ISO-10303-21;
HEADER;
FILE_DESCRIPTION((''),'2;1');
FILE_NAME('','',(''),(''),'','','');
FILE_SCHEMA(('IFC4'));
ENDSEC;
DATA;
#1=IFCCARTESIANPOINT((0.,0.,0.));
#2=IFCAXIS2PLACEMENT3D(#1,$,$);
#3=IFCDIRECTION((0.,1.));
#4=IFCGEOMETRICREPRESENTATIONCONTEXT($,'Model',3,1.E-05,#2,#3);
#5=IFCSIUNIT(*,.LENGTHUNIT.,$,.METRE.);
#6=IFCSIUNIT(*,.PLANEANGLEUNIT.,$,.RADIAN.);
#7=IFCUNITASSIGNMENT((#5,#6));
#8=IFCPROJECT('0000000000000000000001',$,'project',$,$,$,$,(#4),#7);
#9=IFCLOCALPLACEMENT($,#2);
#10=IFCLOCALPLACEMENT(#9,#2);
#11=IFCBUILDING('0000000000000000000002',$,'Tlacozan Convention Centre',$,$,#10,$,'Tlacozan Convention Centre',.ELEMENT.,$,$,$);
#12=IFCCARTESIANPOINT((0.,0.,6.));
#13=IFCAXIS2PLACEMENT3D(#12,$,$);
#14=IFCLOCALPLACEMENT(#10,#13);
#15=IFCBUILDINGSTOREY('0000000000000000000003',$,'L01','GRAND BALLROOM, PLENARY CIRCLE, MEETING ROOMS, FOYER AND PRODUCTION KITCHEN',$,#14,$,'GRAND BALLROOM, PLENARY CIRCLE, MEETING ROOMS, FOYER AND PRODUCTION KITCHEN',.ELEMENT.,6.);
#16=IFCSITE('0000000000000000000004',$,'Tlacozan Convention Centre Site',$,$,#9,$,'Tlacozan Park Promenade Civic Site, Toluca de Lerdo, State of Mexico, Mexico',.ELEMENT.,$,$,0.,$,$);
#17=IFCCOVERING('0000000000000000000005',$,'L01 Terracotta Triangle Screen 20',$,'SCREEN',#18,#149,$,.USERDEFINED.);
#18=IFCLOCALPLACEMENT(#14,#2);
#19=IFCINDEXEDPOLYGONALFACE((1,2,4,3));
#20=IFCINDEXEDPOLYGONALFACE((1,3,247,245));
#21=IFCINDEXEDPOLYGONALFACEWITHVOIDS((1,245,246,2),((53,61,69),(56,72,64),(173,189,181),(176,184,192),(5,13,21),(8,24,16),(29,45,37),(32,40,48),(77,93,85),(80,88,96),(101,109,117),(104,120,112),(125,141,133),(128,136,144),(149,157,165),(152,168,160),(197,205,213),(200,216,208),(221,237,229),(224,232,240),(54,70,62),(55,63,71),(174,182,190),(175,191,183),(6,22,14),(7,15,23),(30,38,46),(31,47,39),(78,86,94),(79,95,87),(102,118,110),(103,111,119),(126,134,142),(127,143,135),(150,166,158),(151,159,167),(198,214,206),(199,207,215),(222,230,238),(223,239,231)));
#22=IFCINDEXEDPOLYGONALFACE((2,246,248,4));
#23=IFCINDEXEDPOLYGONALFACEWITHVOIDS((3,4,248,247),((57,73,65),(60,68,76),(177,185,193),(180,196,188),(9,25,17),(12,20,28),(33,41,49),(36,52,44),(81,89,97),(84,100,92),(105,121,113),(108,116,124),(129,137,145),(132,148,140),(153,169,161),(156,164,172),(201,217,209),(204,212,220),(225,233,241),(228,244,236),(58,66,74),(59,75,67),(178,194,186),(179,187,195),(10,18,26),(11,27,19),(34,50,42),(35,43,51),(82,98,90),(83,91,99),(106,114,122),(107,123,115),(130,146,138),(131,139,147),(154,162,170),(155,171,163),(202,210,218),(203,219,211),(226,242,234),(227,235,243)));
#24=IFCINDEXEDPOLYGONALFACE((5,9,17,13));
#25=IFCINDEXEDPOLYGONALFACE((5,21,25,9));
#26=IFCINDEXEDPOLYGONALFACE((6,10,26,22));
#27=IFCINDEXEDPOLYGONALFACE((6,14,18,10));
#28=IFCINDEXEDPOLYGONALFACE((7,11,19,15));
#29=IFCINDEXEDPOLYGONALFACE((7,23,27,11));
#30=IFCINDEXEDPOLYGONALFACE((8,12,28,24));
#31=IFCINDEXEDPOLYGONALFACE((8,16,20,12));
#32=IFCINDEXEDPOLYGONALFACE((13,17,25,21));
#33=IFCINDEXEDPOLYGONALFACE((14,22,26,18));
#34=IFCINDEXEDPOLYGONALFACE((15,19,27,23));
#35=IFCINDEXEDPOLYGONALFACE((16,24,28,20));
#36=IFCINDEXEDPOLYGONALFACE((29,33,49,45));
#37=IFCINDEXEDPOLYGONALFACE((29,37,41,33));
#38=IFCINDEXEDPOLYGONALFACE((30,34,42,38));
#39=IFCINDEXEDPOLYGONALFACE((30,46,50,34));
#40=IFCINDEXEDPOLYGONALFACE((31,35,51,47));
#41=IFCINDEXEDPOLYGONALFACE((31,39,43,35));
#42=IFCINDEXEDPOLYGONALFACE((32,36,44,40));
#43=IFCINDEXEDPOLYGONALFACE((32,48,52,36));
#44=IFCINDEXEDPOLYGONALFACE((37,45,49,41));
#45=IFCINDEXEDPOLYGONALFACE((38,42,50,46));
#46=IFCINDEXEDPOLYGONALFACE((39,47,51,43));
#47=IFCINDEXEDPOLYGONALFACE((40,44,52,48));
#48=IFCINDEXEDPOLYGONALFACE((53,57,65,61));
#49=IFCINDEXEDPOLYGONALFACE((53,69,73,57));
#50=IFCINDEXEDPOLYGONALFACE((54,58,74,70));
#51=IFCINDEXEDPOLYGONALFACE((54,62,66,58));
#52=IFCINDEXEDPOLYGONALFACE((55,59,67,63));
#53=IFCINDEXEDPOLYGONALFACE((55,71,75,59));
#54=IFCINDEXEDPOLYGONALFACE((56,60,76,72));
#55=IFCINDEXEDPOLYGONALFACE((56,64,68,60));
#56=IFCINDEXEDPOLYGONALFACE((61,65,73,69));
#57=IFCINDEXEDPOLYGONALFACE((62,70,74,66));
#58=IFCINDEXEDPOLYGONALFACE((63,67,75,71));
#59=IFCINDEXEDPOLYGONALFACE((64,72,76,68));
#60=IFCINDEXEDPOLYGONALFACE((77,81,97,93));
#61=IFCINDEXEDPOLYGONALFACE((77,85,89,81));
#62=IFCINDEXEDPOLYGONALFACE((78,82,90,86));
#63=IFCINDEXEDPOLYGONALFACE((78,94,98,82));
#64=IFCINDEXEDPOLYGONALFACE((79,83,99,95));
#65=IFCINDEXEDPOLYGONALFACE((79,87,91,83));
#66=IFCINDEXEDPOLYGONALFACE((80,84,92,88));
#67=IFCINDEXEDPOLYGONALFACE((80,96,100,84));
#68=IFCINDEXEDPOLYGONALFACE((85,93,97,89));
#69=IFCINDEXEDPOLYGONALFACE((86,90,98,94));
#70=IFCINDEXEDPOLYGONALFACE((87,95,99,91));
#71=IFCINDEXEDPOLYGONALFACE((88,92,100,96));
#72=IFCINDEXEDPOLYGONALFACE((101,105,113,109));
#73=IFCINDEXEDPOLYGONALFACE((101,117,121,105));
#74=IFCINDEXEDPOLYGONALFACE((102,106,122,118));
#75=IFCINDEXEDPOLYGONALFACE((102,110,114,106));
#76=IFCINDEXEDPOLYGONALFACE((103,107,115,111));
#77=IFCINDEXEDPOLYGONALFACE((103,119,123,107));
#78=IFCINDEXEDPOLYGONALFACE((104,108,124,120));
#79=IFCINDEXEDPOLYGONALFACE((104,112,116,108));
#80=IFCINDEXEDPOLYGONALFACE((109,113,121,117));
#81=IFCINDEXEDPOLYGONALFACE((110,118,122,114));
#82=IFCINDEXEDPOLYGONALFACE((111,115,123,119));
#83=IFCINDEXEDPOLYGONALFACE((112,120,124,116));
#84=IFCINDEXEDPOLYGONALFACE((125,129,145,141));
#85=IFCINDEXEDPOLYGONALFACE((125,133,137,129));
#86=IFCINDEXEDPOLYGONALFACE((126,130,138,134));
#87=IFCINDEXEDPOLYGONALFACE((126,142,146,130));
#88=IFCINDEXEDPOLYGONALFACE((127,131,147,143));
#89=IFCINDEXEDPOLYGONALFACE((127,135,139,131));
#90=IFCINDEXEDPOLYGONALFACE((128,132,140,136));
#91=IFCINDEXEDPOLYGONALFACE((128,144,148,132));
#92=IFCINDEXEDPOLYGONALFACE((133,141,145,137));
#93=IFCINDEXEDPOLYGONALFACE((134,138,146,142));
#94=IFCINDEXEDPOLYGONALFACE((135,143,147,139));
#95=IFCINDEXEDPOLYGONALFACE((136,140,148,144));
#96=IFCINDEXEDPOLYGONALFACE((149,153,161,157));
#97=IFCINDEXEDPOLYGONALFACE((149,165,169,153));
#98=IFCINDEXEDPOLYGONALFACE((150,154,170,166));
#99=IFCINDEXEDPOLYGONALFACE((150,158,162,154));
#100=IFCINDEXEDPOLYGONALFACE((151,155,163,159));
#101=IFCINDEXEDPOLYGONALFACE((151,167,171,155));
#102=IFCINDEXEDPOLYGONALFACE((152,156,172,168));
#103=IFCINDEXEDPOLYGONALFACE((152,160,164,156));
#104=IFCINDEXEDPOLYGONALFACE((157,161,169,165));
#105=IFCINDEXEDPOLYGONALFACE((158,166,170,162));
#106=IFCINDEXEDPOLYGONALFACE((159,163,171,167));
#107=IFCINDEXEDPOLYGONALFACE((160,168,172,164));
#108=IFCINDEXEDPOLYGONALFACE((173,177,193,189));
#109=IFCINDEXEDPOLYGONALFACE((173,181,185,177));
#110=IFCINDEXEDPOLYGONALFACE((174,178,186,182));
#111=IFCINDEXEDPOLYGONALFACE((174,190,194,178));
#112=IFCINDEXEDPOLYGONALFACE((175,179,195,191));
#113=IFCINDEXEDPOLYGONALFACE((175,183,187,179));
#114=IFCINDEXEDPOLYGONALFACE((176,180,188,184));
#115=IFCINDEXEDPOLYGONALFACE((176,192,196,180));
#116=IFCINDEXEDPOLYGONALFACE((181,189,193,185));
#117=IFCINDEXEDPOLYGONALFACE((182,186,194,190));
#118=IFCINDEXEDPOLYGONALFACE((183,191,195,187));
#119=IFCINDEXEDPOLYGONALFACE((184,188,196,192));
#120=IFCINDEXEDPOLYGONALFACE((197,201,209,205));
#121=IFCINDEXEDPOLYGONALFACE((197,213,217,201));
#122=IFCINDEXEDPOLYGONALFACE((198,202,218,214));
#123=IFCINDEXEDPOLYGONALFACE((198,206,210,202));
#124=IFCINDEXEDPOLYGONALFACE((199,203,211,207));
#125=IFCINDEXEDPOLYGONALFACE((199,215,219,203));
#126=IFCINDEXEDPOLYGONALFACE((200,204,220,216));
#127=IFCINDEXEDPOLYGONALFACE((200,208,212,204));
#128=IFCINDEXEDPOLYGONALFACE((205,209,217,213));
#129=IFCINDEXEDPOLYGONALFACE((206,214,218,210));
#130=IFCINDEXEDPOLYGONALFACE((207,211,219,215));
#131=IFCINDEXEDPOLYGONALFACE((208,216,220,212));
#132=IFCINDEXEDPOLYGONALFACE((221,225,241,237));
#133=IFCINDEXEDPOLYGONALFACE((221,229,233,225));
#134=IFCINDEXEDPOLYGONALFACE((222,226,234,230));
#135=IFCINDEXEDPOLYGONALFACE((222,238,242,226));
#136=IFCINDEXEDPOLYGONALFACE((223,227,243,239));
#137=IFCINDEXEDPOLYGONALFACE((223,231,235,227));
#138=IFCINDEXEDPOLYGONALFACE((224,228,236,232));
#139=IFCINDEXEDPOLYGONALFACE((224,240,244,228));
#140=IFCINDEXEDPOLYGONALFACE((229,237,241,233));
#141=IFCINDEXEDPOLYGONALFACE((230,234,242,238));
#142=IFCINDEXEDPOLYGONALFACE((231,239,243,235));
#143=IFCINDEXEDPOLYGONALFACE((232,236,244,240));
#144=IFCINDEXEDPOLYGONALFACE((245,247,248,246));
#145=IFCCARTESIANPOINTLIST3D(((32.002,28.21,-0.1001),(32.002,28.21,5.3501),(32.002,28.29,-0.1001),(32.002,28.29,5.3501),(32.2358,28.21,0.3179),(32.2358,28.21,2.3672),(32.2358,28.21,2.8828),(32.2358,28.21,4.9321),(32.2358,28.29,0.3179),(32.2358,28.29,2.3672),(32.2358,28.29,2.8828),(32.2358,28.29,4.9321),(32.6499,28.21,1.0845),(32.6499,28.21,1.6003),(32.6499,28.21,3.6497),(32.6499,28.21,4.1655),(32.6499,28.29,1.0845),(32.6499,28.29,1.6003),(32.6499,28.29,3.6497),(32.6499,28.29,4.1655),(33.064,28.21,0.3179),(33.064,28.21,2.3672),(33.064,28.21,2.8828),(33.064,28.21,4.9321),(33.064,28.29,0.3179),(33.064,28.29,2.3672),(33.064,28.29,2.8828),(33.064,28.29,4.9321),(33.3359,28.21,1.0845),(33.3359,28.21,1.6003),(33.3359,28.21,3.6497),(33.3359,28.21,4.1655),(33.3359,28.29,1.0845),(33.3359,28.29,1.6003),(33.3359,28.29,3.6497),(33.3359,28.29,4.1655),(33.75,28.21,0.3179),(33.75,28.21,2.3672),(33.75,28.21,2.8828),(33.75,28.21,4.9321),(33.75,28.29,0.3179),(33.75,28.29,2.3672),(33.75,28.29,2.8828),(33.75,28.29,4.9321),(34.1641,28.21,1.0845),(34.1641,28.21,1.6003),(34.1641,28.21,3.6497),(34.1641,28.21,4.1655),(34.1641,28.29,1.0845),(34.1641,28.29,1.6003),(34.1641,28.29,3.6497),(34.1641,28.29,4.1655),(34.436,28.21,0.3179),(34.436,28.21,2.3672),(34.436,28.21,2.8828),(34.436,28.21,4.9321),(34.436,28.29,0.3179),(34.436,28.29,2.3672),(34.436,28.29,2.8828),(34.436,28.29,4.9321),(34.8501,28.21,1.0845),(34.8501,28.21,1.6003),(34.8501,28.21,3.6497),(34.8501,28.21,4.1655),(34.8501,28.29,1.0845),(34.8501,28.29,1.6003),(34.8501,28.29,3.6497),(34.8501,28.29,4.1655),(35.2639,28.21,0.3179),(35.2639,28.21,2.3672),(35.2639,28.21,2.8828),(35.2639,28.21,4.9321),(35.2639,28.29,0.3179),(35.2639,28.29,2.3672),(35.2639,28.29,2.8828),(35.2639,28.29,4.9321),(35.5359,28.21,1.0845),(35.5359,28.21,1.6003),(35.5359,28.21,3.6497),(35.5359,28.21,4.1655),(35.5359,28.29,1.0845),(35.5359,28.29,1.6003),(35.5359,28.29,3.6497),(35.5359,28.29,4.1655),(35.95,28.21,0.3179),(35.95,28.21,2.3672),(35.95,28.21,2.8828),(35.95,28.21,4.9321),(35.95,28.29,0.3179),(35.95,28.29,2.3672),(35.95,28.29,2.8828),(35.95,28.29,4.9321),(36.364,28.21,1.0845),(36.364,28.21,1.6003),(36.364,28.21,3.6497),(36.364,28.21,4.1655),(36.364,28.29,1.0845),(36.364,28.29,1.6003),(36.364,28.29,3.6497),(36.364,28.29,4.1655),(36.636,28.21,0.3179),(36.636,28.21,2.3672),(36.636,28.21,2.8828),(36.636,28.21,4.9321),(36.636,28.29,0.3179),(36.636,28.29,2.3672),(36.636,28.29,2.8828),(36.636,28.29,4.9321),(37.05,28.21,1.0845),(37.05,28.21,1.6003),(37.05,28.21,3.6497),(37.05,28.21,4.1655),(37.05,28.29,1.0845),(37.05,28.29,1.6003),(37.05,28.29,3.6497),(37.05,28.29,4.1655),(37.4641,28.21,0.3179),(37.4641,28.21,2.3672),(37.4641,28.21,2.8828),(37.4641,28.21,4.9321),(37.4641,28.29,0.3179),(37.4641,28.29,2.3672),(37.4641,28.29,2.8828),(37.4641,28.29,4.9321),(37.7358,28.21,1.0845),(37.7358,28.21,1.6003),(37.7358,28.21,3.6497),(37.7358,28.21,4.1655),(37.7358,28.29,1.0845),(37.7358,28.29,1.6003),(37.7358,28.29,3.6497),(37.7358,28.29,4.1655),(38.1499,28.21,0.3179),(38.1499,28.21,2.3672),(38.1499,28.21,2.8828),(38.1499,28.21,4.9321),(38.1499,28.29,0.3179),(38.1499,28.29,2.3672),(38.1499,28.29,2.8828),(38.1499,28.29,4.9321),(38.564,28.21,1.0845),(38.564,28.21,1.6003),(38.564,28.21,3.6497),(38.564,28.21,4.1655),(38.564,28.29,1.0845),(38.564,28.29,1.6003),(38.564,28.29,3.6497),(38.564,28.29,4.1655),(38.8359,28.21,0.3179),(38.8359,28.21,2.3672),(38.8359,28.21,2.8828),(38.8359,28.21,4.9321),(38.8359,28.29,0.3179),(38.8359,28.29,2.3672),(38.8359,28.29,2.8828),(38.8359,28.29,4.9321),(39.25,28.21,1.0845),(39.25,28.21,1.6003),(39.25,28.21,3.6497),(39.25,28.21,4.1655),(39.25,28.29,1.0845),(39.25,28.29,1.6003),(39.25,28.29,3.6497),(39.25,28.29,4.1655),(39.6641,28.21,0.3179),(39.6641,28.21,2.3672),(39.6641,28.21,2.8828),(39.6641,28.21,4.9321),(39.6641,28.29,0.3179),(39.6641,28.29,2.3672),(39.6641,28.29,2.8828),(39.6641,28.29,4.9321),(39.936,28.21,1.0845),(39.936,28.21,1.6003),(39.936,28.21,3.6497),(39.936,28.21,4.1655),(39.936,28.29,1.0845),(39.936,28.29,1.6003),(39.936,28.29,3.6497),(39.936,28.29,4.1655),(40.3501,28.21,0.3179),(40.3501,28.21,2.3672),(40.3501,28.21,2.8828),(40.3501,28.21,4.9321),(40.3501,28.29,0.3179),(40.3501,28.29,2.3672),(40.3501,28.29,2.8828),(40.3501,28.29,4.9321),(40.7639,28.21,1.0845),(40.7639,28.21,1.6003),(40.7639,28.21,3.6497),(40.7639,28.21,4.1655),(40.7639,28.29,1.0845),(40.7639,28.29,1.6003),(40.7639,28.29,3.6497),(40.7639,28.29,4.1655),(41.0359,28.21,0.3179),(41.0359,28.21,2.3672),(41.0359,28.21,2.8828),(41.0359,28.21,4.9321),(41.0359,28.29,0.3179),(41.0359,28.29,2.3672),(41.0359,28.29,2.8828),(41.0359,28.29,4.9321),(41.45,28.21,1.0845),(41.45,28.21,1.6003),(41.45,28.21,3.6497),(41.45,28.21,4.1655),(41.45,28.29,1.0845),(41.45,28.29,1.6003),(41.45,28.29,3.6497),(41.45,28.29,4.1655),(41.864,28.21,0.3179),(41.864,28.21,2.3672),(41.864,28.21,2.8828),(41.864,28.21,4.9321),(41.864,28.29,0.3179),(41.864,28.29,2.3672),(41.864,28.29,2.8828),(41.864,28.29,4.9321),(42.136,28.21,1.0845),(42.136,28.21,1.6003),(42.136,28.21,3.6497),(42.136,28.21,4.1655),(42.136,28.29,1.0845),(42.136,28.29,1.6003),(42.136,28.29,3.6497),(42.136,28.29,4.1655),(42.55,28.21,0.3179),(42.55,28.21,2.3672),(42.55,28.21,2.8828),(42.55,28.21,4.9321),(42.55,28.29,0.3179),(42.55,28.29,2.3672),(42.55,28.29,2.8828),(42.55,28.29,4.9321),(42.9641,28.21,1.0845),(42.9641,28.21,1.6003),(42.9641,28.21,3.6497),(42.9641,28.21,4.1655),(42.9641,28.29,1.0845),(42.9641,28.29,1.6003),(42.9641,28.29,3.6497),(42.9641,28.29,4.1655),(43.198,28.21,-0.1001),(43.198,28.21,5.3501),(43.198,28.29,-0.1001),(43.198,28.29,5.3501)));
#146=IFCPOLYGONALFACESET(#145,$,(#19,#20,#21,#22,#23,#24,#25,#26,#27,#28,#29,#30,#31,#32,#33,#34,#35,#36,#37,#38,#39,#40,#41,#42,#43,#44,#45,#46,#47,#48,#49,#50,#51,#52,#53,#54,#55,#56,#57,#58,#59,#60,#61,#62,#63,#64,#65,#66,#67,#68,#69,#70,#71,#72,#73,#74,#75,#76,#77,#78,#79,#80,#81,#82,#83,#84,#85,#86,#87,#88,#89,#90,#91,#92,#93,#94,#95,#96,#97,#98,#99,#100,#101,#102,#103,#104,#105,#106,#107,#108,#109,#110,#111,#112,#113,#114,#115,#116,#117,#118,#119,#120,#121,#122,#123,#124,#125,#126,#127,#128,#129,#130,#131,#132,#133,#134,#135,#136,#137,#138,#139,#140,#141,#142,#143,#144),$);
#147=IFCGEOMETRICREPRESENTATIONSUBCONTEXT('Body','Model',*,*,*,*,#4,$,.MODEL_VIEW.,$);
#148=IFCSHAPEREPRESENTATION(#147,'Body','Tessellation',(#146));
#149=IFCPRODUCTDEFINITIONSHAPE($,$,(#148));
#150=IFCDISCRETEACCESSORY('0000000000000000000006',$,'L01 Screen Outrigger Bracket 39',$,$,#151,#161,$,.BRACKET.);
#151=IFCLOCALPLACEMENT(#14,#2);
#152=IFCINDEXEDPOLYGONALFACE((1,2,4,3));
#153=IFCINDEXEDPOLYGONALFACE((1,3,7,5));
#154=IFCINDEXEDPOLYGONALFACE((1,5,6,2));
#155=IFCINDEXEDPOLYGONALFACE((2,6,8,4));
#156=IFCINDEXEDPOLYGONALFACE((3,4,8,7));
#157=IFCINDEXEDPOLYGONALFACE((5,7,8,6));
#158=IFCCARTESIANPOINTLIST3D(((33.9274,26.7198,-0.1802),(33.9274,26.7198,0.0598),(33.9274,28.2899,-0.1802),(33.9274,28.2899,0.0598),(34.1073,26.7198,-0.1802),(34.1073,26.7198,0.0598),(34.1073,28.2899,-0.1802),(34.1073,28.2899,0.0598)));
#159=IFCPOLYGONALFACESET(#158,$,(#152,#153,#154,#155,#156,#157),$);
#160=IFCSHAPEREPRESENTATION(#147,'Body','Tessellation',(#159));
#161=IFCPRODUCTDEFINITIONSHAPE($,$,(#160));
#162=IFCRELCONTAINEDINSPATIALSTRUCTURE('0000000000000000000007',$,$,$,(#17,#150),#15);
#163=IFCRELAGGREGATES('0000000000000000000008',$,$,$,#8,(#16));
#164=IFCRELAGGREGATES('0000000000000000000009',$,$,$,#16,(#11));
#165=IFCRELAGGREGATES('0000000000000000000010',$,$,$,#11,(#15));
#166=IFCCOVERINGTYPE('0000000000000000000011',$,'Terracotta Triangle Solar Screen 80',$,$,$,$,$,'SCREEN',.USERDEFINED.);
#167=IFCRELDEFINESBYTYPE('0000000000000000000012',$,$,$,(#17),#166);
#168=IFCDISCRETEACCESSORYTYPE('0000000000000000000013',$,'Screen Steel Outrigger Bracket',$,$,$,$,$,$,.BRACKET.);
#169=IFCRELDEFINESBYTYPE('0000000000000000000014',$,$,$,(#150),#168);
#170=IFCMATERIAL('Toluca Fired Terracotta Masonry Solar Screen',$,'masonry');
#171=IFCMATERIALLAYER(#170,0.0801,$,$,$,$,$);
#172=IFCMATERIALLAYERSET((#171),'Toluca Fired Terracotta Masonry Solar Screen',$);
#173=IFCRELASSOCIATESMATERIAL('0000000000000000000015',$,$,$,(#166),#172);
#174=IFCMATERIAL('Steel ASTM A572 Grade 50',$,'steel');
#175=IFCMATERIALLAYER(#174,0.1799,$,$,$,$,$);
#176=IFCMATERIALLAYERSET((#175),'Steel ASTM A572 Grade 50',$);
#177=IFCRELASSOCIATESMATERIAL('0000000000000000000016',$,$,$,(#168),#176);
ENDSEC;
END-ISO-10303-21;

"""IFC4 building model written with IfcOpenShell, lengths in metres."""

from ifc_helpers import new_model, si_unit, direction, frame, origin, origin_2d, place, context, subcontext, project, spatial, polyline, rectangle, outline, extrude, material, layer, layer_set, type_object, element, save


model = new_model("IFC4")

# Units and contexts
model_context = context("Model", 3, precision=1e-05, world=origin(), true_north=direction((0.0, 1.0)))
body_context = subcontext(model_context, "Body", "Model", "MODEL_VIEW")
ifc_project = project(units=[si_unit("LENGTHUNIT", "METRE"), si_unit("PLANEANGLEUNIT", "RADIAN")], contexts=[model_context])

# Site, building, storey
site_placement = place(None, origin())
site = spatial("IfcSite", under=ifc_project, at=site_placement, Name="Tlacozan Convention Centre Site", LongName="Tlacozan Park Promenade Civic Site, Toluca de Lerdo, State of Mexico, Mexico", CompositionType="ELEMENT", RefElevation=0.0)
building_placement = place(site_placement, origin())
building = spatial("IfcBuilding", under=site, at=building_placement, Name="Tlacozan Convention Centre", LongName="Tlacozan Convention Centre", CompositionType="ELEMENT")
storey_placement = place(building_placement, frame((0.0, 0.0, 6.0)))
storey = spatial("IfcBuildingStorey", under=building, at=storey_placement, Name="L01", Description="GRAND BALLROOM, PLENARY CIRCLE, MEETING ROOMS, FOYER AND PRODUCTION KITCHEN", LongName="GRAND BALLROOM, PLENARY CIRCLE, MEETING ROOMS, FOYER AND PRODUCTION KITCHEN", CompositionType="ELEMENT", Elevation=6.0)

# Covering
ifc_material_1 = material(Name="Toluca Fired Terracotta Masonry Solar Screen", Category="masonry")
ifc_layer_1 = layer(ifc_material_1, 0.0801)
ifc_layer_set_1 = layer_set([ifc_layer_1], Name="Toluca Fired Terracotta Masonry Solar Screen")
covering_type = type_object("IfcCoveringType", Name="Terracotta Triangle Solar Screen 80", ElementType="SCREEN", PredefinedType="USERDEFINED", material=ifc_layer_set_1)
covering_placement = place(storey_placement, frame((32.002, 28.25, -0.1001), z_axis=(0.0, 0.0, 1.0), x_axis=(1.0, 0.0, 0.0)))
element("IfcCovering", 1, at=covering_placement, inside=storey, type_object=covering_type, Name="L01 Terracotta Triangle Screen 20", ObjectType="SCREEN", PredefinedType="USERDEFINED", context=body_context, shape_type="SweptSolid", body=[
    extrude(outline(polyline([(0.0, 0.0), (11.196, 0.0), (11.196, 5.4502), (0.0, 5.4502), (0.0, 0.0)]), holes=[polyline([(0.2339, 0.418), (1.062, 0.418), (0.6479, 1.1846), (0.2339, 0.418)]), polyline([(1.334, 1.1846), (2.1621, 1.1846), (1.748, 0.418), (1.334, 1.1846)]), polyline([(2.4341, 0.418), (3.262, 0.418), (2.8481, 1.1846), (2.4341, 0.418)]), polyline([(3.5339, 1.1846), (4.3621, 1.1846), (3.948, 0.418), (3.5339, 1.1846)]), polyline([(4.634, 0.418), (5.4622, 0.418), (5.0481, 1.1846), (4.634, 0.418)]), polyline([(5.7339, 1.1846), (6.562, 1.1846), (6.1479, 0.418), (5.7339, 1.1846)]), polyline([(6.834, 0.418), (7.6621, 0.418), (7.248, 1.1846), (6.834, 0.418)]), polyline([(7.9341, 1.1846), (8.762, 1.1846), (8.3481, 0.418), (7.9341, 1.1846)]), polyline([(9.0339, 0.418), (9.8621, 0.418), (9.448, 1.1846), (9.0339, 0.418)]), polyline([(10.134, 1.1846), (10.9622, 1.1846), (10.5481, 0.418), (10.134, 1.1846)]), polyline([(0.2339, 2.4673), (1.062, 2.4673), (0.6479, 1.7004), (0.2339, 2.4673)]), polyline([(1.334, 1.7004), (2.1621, 1.7004), (1.748, 2.4673), (1.334, 1.7004)]), polyline([(2.4341, 2.4673), (3.262, 2.4673), (2.8481, 1.7004), (2.4341, 2.4673)]), polyline([(3.5339, 1.7004), (4.3621, 1.7004), (3.948, 2.4673), (3.5339, 1.7004)]), polyline([(4.634, 2.4673), (5.4622, 2.4673), (5.0481, 1.7004), (4.634, 2.4673)]), polyline([(5.7339, 1.7004), (6.562, 1.7004), (6.1479, 2.4673), (5.7339, 1.7004)]), polyline([(6.834, 2.4673), (7.6621, 2.4673), (7.248, 1.7004), (6.834, 2.4673)]), polyline([(7.9341, 1.7004), (8.762, 1.7004), (8.3481, 2.4673), (7.9341, 1.7004)]), polyline([(9.0339, 2.4673), (9.8621, 2.4673), (9.448, 1.7004), (9.0339, 2.4673)]), polyline([(10.134, 1.7004), (10.9622, 1.7004), (10.5481, 2.4673), (10.134, 1.7004)]), polyline([(0.2339, 2.9829), (1.062, 2.9829), (0.6479, 3.7498), (0.2339, 2.9829)]), polyline([(1.334, 3.7498), (2.1621, 3.7498), (1.748, 2.9829), (1.334, 3.7498)]), polyline([(2.4341, 2.9829), (3.262, 2.9829), (2.8481, 3.7498), (2.4341, 2.9829)]), polyline([(3.5339, 3.7498), (4.3621, 3.7498), (3.948, 2.9829), (3.5339, 3.7498)]), polyline([(4.634, 2.9829), (5.4622, 2.9829), (5.0481, 3.7498), (4.634, 2.9829)]), polyline([(5.7339, 3.7498), (6.562, 3.7498), (6.1479, 2.9829), (5.7339, 3.7498)]), polyline([(6.834, 2.9829), (7.6621, 2.9829), (7.248, 3.7498), (6.834, 2.9829)]), polyline([(7.9341, 3.7498), (8.762, 3.7498), (8.3481, 2.9829), (7.9341, 3.7498)]), polyline([(9.0339, 2.9829), (9.8621, 2.9829), (9.448, 3.7498), (9.0339, 2.9829)]), polyline([(10.134, 3.7498), (10.9622, 3.7498), (10.5481, 2.9829), (10.134, 3.7498)]), polyline([(0.2339, 5.0322), (1.062, 5.0322), (0.6479, 4.2656), (0.2339, 5.0322)]), polyline([(1.334, 4.2656), (2.1621, 4.2656), (1.748, 5.0322), (1.334, 4.2656)]), polyline([(2.4341, 5.0322), (3.262, 5.0322), (2.8481, 4.2656), (2.4341, 5.0322)]), polyline([(3.5339, 4.2656), (4.3621, 4.2656), (3.948, 5.0322), (3.5339, 4.2656)]), polyline([(4.634, 5.0322), (5.4622, 5.0322), (5.0481, 4.2656), (4.634, 5.0322)]), polyline([(5.7339, 4.2656), (6.562, 4.2656), (6.1479, 5.0322), (5.7339, 4.2656)]), polyline([(6.834, 5.0322), (7.6621, 5.0322), (7.248, 4.2656), (6.834, 5.0322)]), polyline([(7.9341, 4.2656), (8.762, 4.2656), (8.3481, 5.0322), (7.9341, 4.2656)]), polyline([(9.0339, 5.0322), (9.8621, 5.0322), (9.448, 4.2656), (9.0339, 5.0322)]), polyline([(10.134, 4.2656), (10.9622, 4.2656), (10.5481, 5.0322), (10.134, 4.2656)])]), frame((0.0, 0.04, 0.0), z_axis=(0.0, -1.0, 0.0), x_axis=(1.0, 0.0, 0.0)), (0.0, 0.0, 1.0), 0.0801),
])

# Discrete accessory
ifc_material_2 = material(Name="Steel ASTM A572 Grade 50", Category="steel")
ifc_layer_2 = layer(ifc_material_2, 0.1799)
ifc_layer_set_2 = layer_set([ifc_layer_2], Name="Steel ASTM A572 Grade 50")
discrete_accessory_type = type_object("IfcDiscreteAccessoryType", Name="Screen Steel Outrigger Bracket", PredefinedType="BRACKET", material=ifc_layer_set_2)
discrete_accessory_placement = place(storey_placement, frame((34.0173, 27.5049, -0.1802), z_axis=(0.0, 0.0, 1.0), x_axis=(0.0, -1.0, 0.0)))
element("IfcDiscreteAccessory", 2, at=discrete_accessory_placement, inside=storey, type_object=discrete_accessory_type, Name="L01 Screen Outrigger Bracket 39", PredefinedType="BRACKET", context=body_context, shape_type="SweptSolid", body=[
    extrude(rectangle(XDim=1.5701, YDim=0.1799, at=origin_2d()), origin(), (0.0, 0.0, 1.0), 0.24),
])

save(model, "model.ifc")
